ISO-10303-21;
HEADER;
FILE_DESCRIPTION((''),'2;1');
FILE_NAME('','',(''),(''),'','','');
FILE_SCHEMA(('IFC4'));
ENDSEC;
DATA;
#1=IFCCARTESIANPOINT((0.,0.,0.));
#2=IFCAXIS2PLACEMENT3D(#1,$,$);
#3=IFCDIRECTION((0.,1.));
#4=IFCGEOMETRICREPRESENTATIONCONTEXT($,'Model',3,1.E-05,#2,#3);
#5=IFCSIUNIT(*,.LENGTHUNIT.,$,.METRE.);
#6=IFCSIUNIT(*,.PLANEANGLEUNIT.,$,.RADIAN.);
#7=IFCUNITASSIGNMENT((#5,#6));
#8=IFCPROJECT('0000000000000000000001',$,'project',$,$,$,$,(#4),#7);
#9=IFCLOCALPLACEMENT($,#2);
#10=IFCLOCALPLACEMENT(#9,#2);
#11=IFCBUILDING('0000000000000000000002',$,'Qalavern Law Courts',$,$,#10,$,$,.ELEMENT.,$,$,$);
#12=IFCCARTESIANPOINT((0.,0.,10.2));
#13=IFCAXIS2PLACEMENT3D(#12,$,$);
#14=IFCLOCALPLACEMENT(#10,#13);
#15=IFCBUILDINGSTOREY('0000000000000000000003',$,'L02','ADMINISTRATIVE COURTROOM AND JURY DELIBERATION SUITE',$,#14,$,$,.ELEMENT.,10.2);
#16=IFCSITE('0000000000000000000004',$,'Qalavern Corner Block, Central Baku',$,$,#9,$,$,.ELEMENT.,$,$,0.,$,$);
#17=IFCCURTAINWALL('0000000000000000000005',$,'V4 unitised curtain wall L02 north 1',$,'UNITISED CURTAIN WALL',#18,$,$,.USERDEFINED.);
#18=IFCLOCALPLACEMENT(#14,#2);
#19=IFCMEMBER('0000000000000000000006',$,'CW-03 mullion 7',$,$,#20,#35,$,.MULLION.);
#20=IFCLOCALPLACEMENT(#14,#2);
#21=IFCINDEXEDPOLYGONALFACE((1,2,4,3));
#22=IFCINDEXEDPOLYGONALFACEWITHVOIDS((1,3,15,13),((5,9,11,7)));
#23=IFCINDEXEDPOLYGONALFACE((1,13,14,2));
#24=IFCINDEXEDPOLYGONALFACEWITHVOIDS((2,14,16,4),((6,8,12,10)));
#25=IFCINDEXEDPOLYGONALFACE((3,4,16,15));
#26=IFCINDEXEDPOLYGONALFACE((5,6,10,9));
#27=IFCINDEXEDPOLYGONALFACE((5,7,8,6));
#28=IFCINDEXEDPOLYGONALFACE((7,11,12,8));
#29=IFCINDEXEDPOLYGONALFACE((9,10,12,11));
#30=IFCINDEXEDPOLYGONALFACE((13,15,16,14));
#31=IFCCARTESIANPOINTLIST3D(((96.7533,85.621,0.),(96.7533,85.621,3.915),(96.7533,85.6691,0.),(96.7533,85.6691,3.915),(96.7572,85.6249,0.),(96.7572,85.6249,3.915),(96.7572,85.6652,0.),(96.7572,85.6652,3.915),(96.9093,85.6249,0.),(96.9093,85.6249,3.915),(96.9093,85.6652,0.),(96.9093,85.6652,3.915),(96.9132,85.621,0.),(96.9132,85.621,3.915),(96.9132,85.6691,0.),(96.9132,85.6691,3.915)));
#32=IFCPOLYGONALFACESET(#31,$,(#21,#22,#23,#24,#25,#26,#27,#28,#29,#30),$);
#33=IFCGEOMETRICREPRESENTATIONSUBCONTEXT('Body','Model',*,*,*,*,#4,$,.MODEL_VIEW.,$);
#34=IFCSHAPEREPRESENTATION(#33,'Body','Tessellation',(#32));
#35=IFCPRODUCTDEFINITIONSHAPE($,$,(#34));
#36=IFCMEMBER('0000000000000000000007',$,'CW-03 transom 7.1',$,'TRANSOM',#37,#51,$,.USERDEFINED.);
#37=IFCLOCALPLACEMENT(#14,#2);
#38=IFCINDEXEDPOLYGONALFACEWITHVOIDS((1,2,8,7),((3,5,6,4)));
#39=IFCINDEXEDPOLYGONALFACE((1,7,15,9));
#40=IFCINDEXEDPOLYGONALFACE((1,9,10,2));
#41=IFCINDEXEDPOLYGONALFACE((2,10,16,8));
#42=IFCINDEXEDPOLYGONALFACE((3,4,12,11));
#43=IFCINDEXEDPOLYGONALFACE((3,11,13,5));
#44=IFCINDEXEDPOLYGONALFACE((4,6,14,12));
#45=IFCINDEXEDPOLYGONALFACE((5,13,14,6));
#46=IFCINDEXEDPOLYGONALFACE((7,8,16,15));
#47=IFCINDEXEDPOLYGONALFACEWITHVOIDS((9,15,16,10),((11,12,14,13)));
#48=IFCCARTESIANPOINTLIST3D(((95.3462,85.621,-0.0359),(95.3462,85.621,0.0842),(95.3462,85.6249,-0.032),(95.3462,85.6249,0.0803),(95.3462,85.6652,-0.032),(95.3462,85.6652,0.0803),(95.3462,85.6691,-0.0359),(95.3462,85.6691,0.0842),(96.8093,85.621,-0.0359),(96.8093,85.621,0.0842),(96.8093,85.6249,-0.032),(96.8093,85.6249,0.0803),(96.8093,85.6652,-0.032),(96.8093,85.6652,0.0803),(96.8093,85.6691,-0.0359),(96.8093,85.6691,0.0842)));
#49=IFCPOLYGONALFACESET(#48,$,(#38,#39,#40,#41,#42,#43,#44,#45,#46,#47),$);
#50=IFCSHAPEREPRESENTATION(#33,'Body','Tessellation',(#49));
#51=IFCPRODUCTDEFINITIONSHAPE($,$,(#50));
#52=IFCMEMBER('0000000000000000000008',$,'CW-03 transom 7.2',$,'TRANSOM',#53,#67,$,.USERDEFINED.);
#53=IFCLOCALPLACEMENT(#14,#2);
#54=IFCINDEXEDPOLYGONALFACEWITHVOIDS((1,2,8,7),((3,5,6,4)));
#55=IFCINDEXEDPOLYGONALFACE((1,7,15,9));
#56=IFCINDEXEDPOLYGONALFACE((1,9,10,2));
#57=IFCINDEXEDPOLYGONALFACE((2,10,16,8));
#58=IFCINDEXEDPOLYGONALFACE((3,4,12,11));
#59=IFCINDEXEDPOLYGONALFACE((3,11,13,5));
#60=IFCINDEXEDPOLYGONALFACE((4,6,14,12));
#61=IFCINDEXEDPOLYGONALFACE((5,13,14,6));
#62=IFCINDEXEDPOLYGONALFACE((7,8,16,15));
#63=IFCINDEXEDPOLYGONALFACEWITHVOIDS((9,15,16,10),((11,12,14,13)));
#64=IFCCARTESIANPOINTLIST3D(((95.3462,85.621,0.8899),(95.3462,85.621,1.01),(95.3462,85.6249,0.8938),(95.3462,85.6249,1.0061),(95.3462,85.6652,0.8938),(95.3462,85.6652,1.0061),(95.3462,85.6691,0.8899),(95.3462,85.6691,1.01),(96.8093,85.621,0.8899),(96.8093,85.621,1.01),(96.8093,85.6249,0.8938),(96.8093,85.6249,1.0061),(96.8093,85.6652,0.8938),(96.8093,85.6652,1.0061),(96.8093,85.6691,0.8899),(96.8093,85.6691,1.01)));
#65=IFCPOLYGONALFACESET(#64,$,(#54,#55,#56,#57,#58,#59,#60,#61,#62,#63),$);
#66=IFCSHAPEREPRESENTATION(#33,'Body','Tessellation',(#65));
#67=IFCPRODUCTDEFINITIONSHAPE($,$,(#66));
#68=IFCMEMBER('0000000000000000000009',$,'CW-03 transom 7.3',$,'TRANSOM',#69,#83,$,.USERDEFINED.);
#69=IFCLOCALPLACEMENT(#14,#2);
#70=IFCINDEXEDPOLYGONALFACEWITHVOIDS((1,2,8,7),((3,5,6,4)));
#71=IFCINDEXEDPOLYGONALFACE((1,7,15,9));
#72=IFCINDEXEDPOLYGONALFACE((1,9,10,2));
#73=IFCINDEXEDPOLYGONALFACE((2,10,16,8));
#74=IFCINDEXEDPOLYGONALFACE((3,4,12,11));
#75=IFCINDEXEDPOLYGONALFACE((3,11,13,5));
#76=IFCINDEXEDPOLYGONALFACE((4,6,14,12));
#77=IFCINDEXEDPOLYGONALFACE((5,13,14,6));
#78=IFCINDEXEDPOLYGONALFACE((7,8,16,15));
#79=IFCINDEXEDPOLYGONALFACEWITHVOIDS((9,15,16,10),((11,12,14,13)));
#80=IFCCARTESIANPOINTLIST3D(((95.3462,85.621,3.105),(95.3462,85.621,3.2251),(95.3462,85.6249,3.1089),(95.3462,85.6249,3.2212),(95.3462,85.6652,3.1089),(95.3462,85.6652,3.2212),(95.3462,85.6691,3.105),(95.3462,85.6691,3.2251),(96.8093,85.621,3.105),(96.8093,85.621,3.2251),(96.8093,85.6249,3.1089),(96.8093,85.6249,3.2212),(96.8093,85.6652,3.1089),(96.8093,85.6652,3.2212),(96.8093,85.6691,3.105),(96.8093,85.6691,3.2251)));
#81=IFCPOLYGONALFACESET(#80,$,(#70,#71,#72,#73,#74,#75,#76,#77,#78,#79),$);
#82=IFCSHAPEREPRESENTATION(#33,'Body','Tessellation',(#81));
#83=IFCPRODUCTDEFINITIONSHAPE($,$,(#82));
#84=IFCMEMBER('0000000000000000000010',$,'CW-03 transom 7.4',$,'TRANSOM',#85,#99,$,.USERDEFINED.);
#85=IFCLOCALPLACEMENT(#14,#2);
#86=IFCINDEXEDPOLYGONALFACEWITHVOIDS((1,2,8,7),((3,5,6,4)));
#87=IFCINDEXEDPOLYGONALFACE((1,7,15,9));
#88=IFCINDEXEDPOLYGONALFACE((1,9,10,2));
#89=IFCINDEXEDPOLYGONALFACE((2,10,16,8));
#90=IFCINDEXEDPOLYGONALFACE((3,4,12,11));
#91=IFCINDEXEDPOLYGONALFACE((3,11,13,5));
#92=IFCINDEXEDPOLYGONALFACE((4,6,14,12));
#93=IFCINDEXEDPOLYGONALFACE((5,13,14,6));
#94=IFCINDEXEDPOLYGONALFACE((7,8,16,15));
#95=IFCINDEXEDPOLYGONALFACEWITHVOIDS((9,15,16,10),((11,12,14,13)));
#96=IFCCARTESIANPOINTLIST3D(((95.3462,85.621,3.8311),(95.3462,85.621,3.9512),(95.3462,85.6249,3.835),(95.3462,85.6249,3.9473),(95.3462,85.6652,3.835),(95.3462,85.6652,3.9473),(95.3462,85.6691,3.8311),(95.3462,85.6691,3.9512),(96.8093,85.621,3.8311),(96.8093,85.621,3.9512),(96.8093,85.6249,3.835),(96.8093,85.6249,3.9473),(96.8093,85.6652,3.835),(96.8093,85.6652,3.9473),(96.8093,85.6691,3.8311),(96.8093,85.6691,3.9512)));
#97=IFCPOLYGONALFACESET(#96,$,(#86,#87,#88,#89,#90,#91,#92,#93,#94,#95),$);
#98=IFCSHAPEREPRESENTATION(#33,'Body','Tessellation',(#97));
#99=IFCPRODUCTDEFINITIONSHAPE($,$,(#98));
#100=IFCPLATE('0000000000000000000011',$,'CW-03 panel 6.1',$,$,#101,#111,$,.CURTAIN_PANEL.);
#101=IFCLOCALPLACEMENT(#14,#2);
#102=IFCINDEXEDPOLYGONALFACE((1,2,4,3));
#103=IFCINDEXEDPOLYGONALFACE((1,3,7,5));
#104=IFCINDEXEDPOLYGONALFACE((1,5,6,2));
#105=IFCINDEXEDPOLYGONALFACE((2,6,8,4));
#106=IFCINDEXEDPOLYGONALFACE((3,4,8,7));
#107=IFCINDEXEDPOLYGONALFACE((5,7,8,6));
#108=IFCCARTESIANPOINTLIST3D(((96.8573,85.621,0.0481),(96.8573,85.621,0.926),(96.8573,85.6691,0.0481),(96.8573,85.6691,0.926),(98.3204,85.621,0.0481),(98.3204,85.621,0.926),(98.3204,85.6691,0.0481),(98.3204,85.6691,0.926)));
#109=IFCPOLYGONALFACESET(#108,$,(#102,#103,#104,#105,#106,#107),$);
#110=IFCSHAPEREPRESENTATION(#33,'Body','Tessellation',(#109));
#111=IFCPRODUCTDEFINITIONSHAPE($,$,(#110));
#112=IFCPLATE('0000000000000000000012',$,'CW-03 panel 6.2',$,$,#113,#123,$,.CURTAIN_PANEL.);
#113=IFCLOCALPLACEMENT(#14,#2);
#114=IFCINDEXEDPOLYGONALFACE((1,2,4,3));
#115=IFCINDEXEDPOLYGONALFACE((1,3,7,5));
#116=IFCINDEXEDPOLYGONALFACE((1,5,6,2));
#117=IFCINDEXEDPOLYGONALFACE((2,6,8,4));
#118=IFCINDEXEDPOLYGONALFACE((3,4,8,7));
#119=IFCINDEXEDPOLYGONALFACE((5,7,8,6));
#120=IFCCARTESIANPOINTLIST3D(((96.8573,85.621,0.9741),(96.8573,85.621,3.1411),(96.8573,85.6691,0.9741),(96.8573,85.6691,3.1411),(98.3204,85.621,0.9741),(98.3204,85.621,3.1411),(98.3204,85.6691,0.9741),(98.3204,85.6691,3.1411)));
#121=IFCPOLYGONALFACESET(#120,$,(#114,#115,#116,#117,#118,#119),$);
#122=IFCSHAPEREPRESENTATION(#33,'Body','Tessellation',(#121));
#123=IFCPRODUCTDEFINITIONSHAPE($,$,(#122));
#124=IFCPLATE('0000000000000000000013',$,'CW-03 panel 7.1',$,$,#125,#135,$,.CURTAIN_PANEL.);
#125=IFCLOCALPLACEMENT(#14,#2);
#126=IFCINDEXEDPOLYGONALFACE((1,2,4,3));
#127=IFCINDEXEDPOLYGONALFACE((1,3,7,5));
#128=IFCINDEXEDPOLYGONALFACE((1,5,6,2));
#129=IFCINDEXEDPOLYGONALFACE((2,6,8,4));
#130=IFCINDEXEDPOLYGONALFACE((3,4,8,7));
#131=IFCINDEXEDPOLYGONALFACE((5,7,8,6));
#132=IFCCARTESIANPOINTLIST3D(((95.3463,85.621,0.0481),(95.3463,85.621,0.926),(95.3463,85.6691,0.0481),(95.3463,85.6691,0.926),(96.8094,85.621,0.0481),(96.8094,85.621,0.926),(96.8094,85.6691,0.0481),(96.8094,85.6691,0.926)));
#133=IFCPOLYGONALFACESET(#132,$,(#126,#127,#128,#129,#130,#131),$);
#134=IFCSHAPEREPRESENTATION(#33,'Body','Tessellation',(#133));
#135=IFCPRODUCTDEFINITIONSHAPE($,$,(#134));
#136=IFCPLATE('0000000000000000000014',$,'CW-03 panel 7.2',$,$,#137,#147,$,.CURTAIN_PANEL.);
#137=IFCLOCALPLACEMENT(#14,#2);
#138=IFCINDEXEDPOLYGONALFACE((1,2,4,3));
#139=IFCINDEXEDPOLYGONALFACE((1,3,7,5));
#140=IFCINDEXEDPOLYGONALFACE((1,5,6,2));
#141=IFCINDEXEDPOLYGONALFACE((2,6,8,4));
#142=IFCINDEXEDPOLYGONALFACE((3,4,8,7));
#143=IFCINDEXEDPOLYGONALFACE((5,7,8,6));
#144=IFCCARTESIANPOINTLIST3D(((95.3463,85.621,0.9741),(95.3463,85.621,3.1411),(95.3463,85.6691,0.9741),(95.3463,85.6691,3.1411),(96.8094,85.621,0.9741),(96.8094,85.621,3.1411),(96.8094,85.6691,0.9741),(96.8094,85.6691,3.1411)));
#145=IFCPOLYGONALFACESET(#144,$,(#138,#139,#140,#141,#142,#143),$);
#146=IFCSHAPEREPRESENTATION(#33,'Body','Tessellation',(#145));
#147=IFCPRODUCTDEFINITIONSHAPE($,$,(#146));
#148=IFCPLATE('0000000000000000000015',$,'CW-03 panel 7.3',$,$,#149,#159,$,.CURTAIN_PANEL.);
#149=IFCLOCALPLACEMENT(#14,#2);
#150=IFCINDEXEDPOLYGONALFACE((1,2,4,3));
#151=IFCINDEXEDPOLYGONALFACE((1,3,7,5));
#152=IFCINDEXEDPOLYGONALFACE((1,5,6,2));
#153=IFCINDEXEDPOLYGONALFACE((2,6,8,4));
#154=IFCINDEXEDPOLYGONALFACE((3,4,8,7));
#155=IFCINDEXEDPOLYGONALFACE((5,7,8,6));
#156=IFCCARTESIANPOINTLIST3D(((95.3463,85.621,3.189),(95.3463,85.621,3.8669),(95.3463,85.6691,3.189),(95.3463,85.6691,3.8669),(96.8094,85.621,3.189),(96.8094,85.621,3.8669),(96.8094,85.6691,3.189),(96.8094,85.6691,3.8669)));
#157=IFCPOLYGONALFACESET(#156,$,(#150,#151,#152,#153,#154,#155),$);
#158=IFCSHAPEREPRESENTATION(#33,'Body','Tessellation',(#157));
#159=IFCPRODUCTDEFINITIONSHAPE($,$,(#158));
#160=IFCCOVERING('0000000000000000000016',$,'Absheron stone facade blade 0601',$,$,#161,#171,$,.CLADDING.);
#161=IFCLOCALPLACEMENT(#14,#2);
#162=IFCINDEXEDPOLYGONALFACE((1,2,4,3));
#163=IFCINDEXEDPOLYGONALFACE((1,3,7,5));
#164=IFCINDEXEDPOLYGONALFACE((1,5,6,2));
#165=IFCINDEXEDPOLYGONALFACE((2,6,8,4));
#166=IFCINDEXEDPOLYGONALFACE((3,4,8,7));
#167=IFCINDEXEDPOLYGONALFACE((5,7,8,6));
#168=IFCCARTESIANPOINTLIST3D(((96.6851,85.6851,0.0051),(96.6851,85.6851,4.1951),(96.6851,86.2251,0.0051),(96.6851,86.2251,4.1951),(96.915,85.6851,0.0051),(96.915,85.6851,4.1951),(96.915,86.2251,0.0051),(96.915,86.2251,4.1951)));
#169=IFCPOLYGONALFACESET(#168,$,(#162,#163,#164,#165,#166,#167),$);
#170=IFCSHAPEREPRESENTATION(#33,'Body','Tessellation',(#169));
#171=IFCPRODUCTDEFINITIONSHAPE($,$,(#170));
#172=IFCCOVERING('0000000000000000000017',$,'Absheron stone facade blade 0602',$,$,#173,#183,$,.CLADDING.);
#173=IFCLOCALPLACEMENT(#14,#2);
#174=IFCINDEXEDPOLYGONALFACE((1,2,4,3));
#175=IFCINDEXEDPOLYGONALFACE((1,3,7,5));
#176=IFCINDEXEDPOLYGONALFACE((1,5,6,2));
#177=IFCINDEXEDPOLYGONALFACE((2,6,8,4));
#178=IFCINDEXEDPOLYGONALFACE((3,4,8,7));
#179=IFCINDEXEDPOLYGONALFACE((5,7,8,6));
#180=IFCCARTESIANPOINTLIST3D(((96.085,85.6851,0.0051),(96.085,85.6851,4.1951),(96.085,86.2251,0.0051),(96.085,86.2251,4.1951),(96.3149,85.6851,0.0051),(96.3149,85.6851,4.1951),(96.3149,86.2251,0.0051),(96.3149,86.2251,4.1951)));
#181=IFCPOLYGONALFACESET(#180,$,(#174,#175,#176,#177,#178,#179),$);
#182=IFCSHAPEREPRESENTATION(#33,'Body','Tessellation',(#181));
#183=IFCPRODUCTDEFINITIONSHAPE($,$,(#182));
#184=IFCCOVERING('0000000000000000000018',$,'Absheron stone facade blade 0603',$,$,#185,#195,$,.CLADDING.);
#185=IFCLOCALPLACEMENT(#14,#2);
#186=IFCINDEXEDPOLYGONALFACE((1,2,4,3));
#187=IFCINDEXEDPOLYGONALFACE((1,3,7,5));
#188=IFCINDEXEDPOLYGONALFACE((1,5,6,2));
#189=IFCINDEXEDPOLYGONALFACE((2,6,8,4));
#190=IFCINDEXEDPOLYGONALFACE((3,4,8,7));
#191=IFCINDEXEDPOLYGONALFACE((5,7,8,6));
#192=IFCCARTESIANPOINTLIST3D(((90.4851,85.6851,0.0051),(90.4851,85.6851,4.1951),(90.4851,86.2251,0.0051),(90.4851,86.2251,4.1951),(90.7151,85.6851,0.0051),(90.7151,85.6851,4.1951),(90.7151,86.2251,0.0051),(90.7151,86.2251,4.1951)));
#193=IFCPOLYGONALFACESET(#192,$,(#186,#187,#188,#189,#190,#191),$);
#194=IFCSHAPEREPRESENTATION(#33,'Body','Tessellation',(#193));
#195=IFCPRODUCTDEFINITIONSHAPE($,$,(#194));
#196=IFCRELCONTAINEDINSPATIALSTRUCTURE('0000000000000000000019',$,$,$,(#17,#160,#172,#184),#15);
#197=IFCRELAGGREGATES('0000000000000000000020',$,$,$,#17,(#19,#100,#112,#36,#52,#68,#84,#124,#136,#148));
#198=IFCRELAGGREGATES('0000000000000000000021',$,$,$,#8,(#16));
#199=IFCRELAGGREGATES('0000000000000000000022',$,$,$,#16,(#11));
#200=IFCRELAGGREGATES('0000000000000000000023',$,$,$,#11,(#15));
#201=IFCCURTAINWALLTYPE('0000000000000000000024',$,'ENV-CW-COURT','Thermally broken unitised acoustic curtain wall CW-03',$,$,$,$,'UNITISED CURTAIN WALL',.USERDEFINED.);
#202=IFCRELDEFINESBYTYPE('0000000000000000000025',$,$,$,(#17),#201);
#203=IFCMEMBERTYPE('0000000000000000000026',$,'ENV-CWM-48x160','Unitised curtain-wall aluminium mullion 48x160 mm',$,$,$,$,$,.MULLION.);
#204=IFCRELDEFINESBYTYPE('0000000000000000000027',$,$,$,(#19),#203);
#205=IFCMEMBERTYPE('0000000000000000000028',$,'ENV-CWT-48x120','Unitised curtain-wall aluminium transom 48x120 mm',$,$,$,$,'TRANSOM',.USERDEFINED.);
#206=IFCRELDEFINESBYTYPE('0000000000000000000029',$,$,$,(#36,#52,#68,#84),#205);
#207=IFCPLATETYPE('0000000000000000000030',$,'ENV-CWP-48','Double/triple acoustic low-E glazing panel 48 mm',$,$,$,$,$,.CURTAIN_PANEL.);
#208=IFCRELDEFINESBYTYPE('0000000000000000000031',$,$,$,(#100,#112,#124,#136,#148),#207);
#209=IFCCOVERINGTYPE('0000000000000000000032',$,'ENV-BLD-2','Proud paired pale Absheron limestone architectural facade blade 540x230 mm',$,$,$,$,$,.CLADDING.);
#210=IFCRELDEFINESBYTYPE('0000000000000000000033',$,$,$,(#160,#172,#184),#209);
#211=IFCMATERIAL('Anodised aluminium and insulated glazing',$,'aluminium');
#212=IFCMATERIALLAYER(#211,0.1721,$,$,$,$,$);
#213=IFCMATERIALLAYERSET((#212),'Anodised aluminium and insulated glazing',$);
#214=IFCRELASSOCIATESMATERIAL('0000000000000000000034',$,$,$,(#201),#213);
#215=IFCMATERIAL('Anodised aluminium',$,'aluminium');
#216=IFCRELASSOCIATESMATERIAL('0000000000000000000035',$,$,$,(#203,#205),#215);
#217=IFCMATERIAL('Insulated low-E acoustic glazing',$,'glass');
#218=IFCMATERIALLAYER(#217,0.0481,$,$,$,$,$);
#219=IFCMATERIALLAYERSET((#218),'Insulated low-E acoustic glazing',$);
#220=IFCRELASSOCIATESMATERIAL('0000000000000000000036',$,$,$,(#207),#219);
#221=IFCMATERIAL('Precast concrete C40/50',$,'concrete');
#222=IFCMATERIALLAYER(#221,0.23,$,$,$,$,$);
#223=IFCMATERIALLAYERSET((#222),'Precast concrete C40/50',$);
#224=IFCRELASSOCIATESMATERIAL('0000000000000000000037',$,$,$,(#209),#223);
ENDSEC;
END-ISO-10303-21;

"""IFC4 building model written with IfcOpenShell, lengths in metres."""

from ifc_helpers import new_model, si_unit, direction, frame, origin, origin_2d, place, context, subcontext, project, spatial, rectangle, hollow_rectangle, extrude, material, layer, layer_set, material_profile, profile_set, type_object, element, aggregate, save


model = new_model("IFC4")

# Units and contexts
model_context = context("Model", 3, precision=1e-05, world=origin(), true_north=direction((0.0, 1.0)))
body_context = subcontext(model_context, "Body", "Model", "MODEL_VIEW")
ifc_project = project(units=[si_unit("LENGTHUNIT", "METRE"), si_unit("PLANEANGLEUNIT", "RADIAN")], contexts=[model_context])

# Site, building, storey
site_placement = place(None, origin())
site = spatial("IfcSite", under=ifc_project, at=site_placement, Name="Qalavern Corner Block, Central Baku", CompositionType="ELEMENT", RefElevation=0.0)
building_placement = place(site_placement, origin())
building = spatial("IfcBuilding", under=site, at=building_placement, Name="Qalavern Law Courts", CompositionType="ELEMENT")
storey_placement = place(building_placement, frame((0.0, 0.0, 10.2)))
storey = spatial("IfcBuildingStorey", under=building, at=storey_placement, Name="L02", Description="ADMINISTRATIVE COURTROOM AND JURY DELIBERATION SUITE", CompositionType="ELEMENT", Elevation=10.2)

# Curtain wall, members, plates
ifc_material_1 = material(Name="Anodised aluminium and insulated glazing", Category="aluminium")
ifc_layer_1 = layer(ifc_material_1, 0.1721)
ifc_layer_set_1 = layer_set([ifc_layer_1], Name="Anodised aluminium and insulated glazing")
curtain_wall_type = type_object("IfcCurtainWallType", Name="ENV-CW-COURT", Description="Thermally broken unitised acoustic curtain wall CW-03", ElementType="UNITISED CURTAIN WALL", PredefinedType="USERDEFINED", material=ifc_layer_set_1)
curtain_wall_placement = place(storey_placement, origin())
curtain_wall = element("IfcCurtainWall", 1, at=curtain_wall_placement, inside=storey, type_object=curtain_wall_type, Name="V4 unitised curtain wall L02 north 1", ObjectType="UNITISED CURTAIN WALL", PredefinedType="USERDEFINED")
ifc_material_2 = material(Name="Anodised aluminium", Category="aluminium")
ifc_material_profile_1 = material_profile(ifc_material_2, hollow_rectangle(XDim=0.0481, YDim=0.1599, WallThickness=0.0039, at=origin_2d()), Name="ALU MULLION 48x160")
ifc_profile_set_1 = profile_set([ifc_material_profile_1], Name="Anodised aluminium")
member_type_1 = type_object("IfcMemberType", Name="ENV-CWM-48x160", Description="Unitised curtain-wall aluminium mullion 48x160 mm", PredefinedType="MULLION", material=ifc_profile_set_1)
member_1_placement = place(storey_placement, frame((96.8333, 85.645, 0.0), z_axis=(0.0, 0.0, 1.0), x_axis=(0.0, -1.0, 0.0)))
member_1 = element("IfcMember", 2, at=member_1_placement, type_object=member_type_1, Name="CW-03 mullion 7", PredefinedType="MULLION", context=body_context, shape_type="SweptSolid", body=[
    extrude(hollow_rectangle(XDim=0.0481, YDim=0.1599, WallThickness=0.0039, at=origin_2d()), origin(), (0.0, 0.0, 1.0), 3.915),
])
ifc_material_profile_2 = material_profile(ifc_material_2, hollow_rectangle(XDim=0.0481, YDim=0.1201, WallThickness=0.0039, at=origin_2d()), Name="ALU TRANSOM 48x120")
ifc_profile_set_2 = profile_set([ifc_material_profile_2], Name="Anodised aluminium")
member_type_2 = type_object("IfcMemberType", Name="ENV-CWT-48x120", Description="Unitised curtain-wall aluminium transom 48x120 mm", ElementType="TRANSOM", PredefinedType="USERDEFINED", material=ifc_profile_set_2)
member_2_placement = place(storey_placement, frame((96.8093, 85.645, 0.0242), z_axis=(-1.0, 0.0, 0.0), x_axis=(0.0, -1.0, 0.0)))
member_2 = element("IfcMember", 3, at=member_2_placement, type_object=member_type_2, Name="CW-03 transom 7.1", ObjectType="TRANSOM", PredefinedType="USERDEFINED", context=body_context, shape_type="SweptSolid", body=[
    extrude(hollow_rectangle(XDim=0.0481, YDim=0.1201, WallThickness=0.0039, at=origin_2d()), origin(), (0.0, 0.0, 1.0), 1.4631),
])
member_3_placement = place(storey_placement, frame((96.8093, 85.645, 0.95), z_axis=(-1.0, 0.0, 0.0), x_axis=(0.0, -1.0, 0.0)))
member_3 = element("IfcMember", 4, at=member_3_placement, type_object=member_type_2, Name="CW-03 transom 7.2", ObjectType="TRANSOM", PredefinedType="USERDEFINED", context=body_context, shape_type="SweptSolid", body=[
    extrude(hollow_rectangle(XDim=0.0481, YDim=0.1201, WallThickness=0.0039, at=origin_2d()), origin(), (0.0, 0.0, 1.0), 1.4631),
])
member_4_placement = place(storey_placement, frame((96.8093, 85.645, 3.165), z_axis=(-1.0, 0.0, 0.0), x_axis=(0.0, -1.0, 0.0)))
member_4 = element("IfcMember", 5, at=member_4_placement, type_object=member_type_2, Name="CW-03 transom 7.3", ObjectType="TRANSOM", PredefinedType="USERDEFINED", context=body_context, shape_type="SweptSolid", body=[
    extrude(hollow_rectangle(XDim=0.0481, YDim=0.1201, WallThickness=0.0039, at=origin_2d()), origin(), (0.0, 0.0, 1.0), 1.4631),
])
member_5_placement = place(storey_placement, frame((96.8093, 85.645, 3.8911), z_axis=(-1.0, 0.0, 0.0), x_axis=(0.0, -1.0, 0.0)))
member_5 = element("IfcMember", 6, at=member_5_placement, type_object=member_type_2, Name="CW-03 transom 7.4", ObjectType="TRANSOM", PredefinedType="USERDEFINED", context=body_context, shape_type="SweptSolid", body=[
    extrude(hollow_rectangle(XDim=0.0481, YDim=0.1201, WallThickness=0.0039, at=origin_2d()), origin(), (0.0, 0.0, 1.0), 1.4631),
])
ifc_material_3 = material(Name="Insulated low-E acoustic glazing", Category="glass")
ifc_layer_2 = layer(ifc_material_3, 0.0481)
ifc_layer_set_2 = layer_set([ifc_layer_2], Name="Insulated low-E acoustic glazing")
plate_type = type_object("IfcPlateType", Name="ENV-CWP-48", Description="Double/triple acoustic low-E glazing panel 48 mm", PredefinedType="CURTAIN_PANEL", material=ifc_layer_set_2)
plate_1_placement = place(storey_placement, frame((97.5889, 85.645, 0.0481), z_axis=(0.0, 0.0, 1.0), x_axis=(-1.0, 0.0, 0.0)))
plate_1 = element("IfcPlate", 7, at=plate_1_placement, type_object=plate_type, Name="CW-03 panel 6.1", PredefinedType="CURTAIN_PANEL", context=body_context, shape_type="SweptSolid", body=[
    extrude(rectangle(XDim=1.4631, YDim=0.0481, at=origin_2d()), origin(), (0.0, 0.0, 1.0), 0.8779),
])
plate_2_placement = place(storey_placement, frame((97.5889, 85.645, 0.9741), z_axis=(0.0, 0.0, 1.0), x_axis=(-1.0, 0.0, 0.0)))
plate_2 = element("IfcPlate", 8, at=plate_2_placement, type_object=plate_type, Name="CW-03 panel 6.2", PredefinedType="CURTAIN_PANEL", context=body_context, shape_type="SweptSolid", body=[
    extrude(rectangle(XDim=1.4631, YDim=0.0481, at=origin_2d()), origin(), (0.0, 0.0, 1.0), 2.167),
])
plate_3_placement = place(storey_placement, frame((96.0779, 85.645, 0.0481), z_axis=(0.0, 0.0, 1.0), x_axis=(-1.0, 0.0, 0.0)))
plate_3 = element("IfcPlate", 9, at=plate_3_placement, type_object=plate_type, Name="CW-03 panel 7.1", PredefinedType="CURTAIN_PANEL", context=body_context, shape_type="SweptSolid", body=[
    extrude(rectangle(XDim=1.4631, YDim=0.0481, at=origin_2d()), origin(), (0.0, 0.0, 1.0), 0.8779),
])
plate_4_placement = place(storey_placement, frame((96.0779, 85.645, 0.9741), z_axis=(0.0, 0.0, 1.0), x_axis=(-1.0, 0.0, 0.0)))
plate_4 = element("IfcPlate", 10, at=plate_4_placement, type_object=plate_type, Name="CW-03 panel 7.2", PredefinedType="CURTAIN_PANEL", context=body_context, shape_type="SweptSolid", body=[
    extrude(rectangle(XDim=1.4631, YDim=0.0481, at=origin_2d()), origin(), (0.0, 0.0, 1.0), 2.167),
])
plate_5_placement = place(storey_placement, frame((96.0779, 85.645, 3.189), z_axis=(0.0, 0.0, 1.0), x_axis=(-1.0, 0.0, 0.0)))
plate_5 = element("IfcPlate", 11, at=plate_5_placement, type_object=plate_type, Name="CW-03 panel 7.3", PredefinedType="CURTAIN_PANEL", context=body_context, shape_type="SweptSolid", body=[
    extrude(rectangle(XDim=1.4631, YDim=0.0481, at=origin_2d()), origin(), (0.0, 0.0, 1.0), 0.678),
])
aggregate(curtain_wall, [member_1, plate_1, plate_2, member_2, member_3, member_4, member_5, plate_3, plate_4, plate_5])

# Coverings
ifc_material_4 = material(Name="Precast concrete C40/50", Category="concrete")
ifc_layer_3 = layer(ifc_material_4, 0.23)
ifc_layer_set_3 = layer_set([ifc_layer_3], Name="Precast concrete C40/50")
covering_type_1 = type_object("IfcCoveringType", Name="ENV-BLD-2", Description="Proud paired pale Absheron limestone architectural facade blade 540x230 mm", PredefinedType="CLADDING", material=ifc_layer_set_3)
for number, where, z_axis, x_axis, name in (
    (12, (96.8, 85.9551, 0.0051), (0.0, 0.0, 1.0), (0.0, 1.0, 0.0), "Absheron stone facade blade 0601"),
    (13, (96.2, 85.9551, 0.0051), (0.0, 0.0, 1.0), (0.0, 1.0, 0.0), "Absheron stone facade blade 0602"),
    (14, (90.6001, 85.9551, 0.0051), (0.0, 0.0, 1.0), (0.0, 1.0, 0.0), "Absheron stone facade blade 0603"),
):
    element("IfcCovering", number, at=place(storey_placement, frame(where, z_axis=z_axis, x_axis=x_axis)), inside=storey, type_object=covering_type_1, Name=name, PredefinedType="CLADDING", context=body_context, shape_type="SweptSolid", body=[
        extrude(rectangle(XDim=0.54, YDim=0.23, at=origin_2d()), origin(), (0.0, 0.0, 1.0), 4.1899),
    ])

save(model, "model.ifc")
